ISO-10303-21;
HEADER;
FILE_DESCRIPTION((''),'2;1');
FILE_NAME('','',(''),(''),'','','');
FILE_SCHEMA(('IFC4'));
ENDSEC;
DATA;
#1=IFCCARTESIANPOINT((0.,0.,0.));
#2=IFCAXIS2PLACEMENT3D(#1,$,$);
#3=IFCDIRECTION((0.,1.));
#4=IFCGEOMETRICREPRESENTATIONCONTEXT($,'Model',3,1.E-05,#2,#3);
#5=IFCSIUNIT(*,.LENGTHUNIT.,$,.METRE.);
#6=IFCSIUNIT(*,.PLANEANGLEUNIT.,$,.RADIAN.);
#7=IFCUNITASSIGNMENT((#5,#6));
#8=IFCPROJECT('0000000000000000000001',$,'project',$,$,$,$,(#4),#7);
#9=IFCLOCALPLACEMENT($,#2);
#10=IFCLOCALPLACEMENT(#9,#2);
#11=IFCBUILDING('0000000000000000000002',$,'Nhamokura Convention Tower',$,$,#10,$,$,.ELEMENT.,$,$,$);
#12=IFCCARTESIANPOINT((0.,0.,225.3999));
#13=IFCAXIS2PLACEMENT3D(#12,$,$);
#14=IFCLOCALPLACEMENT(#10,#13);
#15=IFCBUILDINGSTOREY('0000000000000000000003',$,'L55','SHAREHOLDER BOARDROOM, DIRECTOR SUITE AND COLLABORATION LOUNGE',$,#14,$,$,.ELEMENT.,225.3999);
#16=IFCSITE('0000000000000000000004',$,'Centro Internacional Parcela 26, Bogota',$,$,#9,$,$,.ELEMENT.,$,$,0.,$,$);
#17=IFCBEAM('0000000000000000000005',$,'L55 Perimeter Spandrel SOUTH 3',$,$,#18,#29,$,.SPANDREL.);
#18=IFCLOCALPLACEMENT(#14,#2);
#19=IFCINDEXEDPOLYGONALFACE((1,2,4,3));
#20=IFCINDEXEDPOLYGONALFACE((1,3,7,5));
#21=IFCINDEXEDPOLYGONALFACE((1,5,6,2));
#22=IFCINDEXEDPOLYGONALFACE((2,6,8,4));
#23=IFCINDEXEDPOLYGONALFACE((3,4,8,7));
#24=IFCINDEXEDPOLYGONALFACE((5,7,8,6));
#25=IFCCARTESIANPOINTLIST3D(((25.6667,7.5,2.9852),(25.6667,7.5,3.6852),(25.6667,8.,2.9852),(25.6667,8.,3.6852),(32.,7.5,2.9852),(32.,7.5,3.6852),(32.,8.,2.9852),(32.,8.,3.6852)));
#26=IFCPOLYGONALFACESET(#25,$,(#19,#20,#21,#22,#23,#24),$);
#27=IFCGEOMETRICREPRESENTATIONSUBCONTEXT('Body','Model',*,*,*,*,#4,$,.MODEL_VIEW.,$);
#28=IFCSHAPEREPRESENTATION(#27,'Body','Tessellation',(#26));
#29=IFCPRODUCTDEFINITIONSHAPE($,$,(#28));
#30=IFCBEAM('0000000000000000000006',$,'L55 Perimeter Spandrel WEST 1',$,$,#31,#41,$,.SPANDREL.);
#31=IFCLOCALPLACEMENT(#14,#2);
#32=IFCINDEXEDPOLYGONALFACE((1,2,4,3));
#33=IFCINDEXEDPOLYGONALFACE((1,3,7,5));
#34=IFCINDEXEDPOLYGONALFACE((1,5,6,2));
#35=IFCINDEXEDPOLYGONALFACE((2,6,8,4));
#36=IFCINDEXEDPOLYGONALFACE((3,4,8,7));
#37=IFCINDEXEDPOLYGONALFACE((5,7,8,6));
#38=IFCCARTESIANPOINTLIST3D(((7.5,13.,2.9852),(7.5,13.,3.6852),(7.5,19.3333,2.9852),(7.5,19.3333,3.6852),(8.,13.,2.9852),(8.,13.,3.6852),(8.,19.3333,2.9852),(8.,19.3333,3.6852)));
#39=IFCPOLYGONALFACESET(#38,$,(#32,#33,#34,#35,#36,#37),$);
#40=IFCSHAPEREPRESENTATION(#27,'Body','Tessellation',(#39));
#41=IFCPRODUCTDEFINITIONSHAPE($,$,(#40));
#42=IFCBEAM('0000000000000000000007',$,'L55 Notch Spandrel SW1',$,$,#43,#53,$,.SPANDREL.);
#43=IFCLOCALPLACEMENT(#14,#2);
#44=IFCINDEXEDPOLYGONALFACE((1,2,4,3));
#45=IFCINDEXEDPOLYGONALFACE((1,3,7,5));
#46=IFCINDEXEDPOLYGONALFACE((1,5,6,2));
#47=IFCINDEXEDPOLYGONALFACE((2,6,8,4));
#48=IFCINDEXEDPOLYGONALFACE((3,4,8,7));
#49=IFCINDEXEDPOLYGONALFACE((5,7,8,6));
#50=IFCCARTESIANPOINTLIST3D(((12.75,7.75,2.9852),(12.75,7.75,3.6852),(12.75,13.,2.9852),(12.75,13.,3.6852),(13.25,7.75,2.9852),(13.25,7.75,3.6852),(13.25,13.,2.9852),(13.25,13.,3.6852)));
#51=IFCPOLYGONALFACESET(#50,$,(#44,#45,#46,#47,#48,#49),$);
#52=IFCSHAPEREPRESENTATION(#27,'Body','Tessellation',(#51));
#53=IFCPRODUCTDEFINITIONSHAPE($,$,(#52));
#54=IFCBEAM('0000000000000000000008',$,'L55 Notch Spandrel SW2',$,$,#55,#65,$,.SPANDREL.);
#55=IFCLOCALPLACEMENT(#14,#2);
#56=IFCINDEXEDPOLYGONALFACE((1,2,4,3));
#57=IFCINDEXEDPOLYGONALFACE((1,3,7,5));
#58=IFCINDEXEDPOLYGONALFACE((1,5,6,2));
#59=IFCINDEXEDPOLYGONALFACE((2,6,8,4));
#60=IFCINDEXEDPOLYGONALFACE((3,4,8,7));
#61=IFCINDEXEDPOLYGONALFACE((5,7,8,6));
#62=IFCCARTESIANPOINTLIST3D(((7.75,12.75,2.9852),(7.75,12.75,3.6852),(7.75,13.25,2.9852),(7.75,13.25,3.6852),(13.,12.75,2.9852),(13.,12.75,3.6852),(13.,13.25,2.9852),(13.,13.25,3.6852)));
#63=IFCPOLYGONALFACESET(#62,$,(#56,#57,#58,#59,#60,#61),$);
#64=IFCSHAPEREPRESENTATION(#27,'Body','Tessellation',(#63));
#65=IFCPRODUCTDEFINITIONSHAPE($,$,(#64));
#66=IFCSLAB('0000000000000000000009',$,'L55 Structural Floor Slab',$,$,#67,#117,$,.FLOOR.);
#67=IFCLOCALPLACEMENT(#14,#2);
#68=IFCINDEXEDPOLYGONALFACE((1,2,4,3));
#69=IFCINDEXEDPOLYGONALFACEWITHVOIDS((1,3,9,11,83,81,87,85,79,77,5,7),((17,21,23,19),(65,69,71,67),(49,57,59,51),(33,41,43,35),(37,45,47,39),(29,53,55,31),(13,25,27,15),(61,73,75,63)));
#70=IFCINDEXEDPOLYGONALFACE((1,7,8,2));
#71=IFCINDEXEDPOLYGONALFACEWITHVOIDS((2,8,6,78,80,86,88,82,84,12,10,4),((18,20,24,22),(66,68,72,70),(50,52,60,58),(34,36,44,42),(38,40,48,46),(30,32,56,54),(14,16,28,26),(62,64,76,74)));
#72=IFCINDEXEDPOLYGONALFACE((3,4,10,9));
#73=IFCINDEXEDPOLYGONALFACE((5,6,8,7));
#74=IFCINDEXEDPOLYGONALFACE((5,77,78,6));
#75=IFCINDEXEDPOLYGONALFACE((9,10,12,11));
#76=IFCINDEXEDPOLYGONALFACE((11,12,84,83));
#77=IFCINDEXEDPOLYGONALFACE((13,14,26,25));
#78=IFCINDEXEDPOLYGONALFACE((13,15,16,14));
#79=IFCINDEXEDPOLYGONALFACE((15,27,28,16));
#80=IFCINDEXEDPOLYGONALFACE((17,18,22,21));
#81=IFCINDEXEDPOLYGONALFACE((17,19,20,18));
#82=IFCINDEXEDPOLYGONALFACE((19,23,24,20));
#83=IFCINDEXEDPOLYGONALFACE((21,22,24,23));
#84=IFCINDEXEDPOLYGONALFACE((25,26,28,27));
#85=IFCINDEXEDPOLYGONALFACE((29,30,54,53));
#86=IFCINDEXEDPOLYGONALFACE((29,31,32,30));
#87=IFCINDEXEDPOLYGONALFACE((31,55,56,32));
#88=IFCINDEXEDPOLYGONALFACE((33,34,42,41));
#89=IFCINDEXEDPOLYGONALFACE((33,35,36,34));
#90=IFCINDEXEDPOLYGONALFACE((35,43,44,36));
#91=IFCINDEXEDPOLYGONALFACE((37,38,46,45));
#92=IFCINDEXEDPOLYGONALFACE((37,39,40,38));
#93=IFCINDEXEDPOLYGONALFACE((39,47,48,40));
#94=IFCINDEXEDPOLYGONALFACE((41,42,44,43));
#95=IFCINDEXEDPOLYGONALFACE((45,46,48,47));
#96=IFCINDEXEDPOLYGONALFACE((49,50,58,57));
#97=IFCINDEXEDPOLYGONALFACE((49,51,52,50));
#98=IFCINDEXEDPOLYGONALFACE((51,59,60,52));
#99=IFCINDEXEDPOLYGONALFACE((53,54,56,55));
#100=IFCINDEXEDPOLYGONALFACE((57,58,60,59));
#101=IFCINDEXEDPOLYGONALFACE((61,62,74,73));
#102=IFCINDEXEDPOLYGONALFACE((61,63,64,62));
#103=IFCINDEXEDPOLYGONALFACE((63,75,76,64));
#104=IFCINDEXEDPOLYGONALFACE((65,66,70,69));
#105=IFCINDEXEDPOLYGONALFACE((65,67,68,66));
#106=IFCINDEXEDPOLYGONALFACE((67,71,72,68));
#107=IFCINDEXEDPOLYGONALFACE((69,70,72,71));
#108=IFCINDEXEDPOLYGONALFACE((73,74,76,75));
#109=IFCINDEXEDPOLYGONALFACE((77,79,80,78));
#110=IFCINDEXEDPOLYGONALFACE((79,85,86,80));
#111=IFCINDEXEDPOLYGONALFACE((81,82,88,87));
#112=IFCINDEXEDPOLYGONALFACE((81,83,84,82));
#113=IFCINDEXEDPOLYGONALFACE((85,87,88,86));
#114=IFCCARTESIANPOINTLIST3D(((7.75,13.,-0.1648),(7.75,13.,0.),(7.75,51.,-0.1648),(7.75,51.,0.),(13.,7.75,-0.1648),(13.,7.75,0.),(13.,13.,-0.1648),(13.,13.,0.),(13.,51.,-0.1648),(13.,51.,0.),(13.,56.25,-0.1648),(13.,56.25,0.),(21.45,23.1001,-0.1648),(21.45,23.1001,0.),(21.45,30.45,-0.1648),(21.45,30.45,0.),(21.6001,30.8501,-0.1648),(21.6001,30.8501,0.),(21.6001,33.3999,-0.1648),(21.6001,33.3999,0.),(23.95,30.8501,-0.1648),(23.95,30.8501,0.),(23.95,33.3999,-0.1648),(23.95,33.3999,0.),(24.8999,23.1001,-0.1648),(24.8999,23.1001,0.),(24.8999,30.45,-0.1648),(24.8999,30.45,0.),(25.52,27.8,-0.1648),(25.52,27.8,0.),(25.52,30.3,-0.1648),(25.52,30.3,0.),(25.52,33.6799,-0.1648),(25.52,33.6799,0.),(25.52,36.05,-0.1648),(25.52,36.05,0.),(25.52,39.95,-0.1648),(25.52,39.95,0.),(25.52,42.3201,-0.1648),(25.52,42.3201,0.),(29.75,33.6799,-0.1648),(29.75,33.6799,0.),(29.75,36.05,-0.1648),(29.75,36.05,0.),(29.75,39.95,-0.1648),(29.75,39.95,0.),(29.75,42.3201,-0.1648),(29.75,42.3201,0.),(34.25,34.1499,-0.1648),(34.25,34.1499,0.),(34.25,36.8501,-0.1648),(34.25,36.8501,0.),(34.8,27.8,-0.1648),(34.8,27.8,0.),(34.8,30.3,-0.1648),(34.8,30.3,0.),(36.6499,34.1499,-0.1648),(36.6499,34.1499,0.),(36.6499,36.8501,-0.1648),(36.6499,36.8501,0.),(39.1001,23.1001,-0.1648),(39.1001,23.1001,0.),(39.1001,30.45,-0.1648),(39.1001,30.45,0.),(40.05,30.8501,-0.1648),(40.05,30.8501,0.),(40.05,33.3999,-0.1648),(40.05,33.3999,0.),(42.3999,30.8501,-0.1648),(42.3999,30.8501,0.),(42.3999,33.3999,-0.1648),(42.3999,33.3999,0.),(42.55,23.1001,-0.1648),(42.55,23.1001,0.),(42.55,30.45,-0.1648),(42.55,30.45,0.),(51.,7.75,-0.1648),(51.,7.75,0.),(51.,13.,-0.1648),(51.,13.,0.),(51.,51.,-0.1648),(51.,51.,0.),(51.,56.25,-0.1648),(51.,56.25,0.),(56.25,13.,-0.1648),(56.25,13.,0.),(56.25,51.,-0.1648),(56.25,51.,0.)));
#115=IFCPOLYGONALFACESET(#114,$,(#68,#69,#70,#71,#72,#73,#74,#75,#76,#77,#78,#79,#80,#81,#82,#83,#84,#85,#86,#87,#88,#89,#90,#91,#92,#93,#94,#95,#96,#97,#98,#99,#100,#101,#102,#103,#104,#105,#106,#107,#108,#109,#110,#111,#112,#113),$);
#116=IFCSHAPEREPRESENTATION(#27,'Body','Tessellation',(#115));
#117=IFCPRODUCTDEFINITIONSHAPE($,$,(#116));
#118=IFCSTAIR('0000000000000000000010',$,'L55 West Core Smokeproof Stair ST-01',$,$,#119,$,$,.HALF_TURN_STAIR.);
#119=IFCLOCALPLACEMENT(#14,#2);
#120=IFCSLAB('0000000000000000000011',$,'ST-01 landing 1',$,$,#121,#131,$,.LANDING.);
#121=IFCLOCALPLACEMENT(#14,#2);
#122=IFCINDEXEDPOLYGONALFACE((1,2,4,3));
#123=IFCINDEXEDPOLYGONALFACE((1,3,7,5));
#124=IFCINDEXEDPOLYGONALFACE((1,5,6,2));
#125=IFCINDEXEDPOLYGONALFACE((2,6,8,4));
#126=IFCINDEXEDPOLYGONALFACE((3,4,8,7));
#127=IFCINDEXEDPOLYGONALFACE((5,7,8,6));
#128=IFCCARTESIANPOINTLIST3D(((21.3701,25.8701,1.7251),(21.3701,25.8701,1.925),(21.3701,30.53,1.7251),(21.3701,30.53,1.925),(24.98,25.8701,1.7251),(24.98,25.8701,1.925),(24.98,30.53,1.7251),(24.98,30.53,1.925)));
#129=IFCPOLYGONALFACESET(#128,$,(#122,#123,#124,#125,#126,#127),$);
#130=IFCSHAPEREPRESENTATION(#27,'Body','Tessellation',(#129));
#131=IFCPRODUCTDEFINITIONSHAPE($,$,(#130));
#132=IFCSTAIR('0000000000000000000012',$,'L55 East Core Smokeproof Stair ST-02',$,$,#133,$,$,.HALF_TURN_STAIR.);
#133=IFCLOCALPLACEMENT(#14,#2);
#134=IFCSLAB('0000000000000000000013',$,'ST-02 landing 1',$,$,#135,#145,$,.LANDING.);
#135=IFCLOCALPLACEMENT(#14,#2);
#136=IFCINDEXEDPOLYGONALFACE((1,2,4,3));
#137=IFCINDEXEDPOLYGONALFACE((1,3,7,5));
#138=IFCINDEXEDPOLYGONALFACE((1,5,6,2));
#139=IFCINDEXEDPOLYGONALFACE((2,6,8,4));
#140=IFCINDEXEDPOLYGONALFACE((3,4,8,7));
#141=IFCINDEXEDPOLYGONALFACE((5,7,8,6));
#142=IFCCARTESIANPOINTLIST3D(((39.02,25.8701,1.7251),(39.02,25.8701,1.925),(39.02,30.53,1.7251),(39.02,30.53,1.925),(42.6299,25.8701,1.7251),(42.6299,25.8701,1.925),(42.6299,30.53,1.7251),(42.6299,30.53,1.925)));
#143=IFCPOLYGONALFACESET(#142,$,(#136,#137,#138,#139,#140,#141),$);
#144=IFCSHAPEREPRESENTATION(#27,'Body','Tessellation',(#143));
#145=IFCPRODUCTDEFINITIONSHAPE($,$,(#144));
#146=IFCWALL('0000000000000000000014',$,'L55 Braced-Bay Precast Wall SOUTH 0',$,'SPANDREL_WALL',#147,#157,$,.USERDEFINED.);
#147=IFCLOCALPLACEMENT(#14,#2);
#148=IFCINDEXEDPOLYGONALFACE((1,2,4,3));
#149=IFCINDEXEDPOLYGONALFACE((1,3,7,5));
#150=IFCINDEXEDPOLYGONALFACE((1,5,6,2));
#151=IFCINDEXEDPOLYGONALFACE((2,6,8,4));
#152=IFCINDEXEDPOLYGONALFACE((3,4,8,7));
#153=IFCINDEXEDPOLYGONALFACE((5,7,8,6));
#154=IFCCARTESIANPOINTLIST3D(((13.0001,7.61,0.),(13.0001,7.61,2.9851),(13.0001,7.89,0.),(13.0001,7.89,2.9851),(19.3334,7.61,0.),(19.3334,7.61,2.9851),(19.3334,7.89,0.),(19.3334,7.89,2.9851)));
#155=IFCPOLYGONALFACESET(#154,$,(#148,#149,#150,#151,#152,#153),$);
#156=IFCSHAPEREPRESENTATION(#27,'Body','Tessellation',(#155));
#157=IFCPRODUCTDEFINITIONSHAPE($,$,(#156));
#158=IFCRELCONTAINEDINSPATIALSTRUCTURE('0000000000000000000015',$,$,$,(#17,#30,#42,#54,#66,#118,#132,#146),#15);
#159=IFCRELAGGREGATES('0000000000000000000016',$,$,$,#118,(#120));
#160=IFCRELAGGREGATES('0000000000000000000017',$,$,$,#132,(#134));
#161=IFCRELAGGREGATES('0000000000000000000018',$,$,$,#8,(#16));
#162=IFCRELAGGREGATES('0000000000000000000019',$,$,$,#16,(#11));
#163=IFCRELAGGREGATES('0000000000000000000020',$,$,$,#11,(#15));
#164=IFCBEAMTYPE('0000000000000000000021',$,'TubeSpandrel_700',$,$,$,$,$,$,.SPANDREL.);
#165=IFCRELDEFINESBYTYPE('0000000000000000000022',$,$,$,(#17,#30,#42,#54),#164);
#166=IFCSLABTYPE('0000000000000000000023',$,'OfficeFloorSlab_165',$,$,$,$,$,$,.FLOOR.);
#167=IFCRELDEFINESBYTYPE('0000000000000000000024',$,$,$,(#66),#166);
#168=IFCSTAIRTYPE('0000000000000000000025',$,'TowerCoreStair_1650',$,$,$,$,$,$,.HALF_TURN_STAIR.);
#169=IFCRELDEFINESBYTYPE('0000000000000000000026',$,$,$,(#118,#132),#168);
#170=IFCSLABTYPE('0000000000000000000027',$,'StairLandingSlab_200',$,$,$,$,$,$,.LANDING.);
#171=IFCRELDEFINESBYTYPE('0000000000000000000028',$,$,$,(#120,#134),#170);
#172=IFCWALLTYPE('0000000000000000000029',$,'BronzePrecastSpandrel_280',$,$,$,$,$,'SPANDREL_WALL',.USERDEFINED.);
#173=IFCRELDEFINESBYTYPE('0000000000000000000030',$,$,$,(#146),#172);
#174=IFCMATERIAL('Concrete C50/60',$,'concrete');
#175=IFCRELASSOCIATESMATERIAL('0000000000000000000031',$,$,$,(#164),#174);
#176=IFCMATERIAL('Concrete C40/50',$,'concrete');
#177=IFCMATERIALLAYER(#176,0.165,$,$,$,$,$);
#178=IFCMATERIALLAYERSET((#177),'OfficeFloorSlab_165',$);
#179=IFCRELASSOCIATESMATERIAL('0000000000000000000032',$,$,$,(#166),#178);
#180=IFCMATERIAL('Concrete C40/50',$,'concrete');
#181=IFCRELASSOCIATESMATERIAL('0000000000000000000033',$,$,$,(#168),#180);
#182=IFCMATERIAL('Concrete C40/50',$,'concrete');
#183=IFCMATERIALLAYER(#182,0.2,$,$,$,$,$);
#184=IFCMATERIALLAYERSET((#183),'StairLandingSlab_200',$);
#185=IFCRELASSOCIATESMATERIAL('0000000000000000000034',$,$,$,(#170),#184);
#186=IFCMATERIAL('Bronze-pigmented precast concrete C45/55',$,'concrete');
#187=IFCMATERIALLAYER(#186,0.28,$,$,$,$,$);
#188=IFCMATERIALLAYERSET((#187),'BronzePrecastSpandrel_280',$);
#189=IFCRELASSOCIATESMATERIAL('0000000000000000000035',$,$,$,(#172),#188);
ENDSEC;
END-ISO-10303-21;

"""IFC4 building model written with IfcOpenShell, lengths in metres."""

from ifc_helpers import new_model, si_unit, direction, frame, frame_2d, origin, origin_2d, place, context, subcontext, project, spatial, polyline, rectangle, outline, extrude, material, layer, layer_set, material_profile, profile_set, type_object, element, aggregate, save


model = new_model("IFC4")

# Units and contexts
model_context = context("Model", 3, precision=1e-05, world=origin(), true_north=direction((0.0, 1.0)))
body_context = subcontext(model_context, "Body", "Model", "MODEL_VIEW")
ifc_project = project(units=[si_unit("LENGTHUNIT", "METRE"), si_unit("PLANEANGLEUNIT", "RADIAN")], contexts=[model_context])

# Site, building, storey
site_placement = place(None, origin())
site = spatial("IfcSite", under=ifc_project, at=site_placement, Name="Centro Internacional Parcela 26, Bogota", CompositionType="ELEMENT", RefElevation=0.0)
building_placement = place(site_placement, origin())
building = spatial("IfcBuilding", under=site, at=building_placement, Name="Nhamokura Convention Tower", CompositionType="ELEMENT")
storey_placement = place(building_placement, frame((0.0, 0.0, 225.3999)))
storey = spatial("IfcBuildingStorey", under=building, at=storey_placement, Name="L55", Description="SHAREHOLDER BOARDROOM, DIRECTOR SUITE AND COLLABORATION LOUNGE", CompositionType="ELEMENT", Elevation=225.3999)

# Beams
ifc_material_1 = material(Name="Concrete C50/60", Category="concrete")
ifc_material_profile_1 = material_profile(ifc_material_1, rectangle(XDim=0.5, YDim=0.7, at=origin_2d()))
ifc_profile_set_1 = profile_set([ifc_material_profile_1], Name="Concrete C50/60")
beam_type_1 = type_object("IfcBeamType", Name="TubeSpandrel_700", PredefinedType="SPANDREL", material=ifc_profile_set_1)
for number, where, z_axis, x_axis, name in (
    (1, (25.6667, 7.75, 3.3352), (1.0, 0.0, 0.0), (0.0, 1.0, 0.0), "L55 Perimeter Spandrel SOUTH 3"),
    (2, (7.75, 13.0, 3.3352), (0.0, 1.0, 0.0), (-1.0, 0.0, 0.0), "L55 Perimeter Spandrel WEST 1"),
):
    element("IfcBeam", number, at=place(storey_placement, frame(where, z_axis=z_axis, x_axis=x_axis)), inside=storey, type_object=beam_type_1, Name=name, PredefinedType="SPANDREL", context=body_context, shape_type="SweptSolid", body=[
        extrude(rectangle(XDim=0.5, YDim=0.7, at=origin_2d()), origin(), (0.0, 0.0, 1.0), 6.3333),
    ])
for number, where, z_axis, x_axis, name in (
    (3, (13.0, 7.75, 3.3352), (0.0, 1.0, 0.0), (-1.0, 0.0, 0.0), "L55 Notch Spandrel SW1"),
    (4, (13.0, 13.0, 3.3352), (-1.0, 0.0, 0.0), (0.0, -1.0, 0.0), "L55 Notch Spandrel SW2"),
):
    element("IfcBeam", number, at=place(storey_placement, frame(where, z_axis=z_axis, x_axis=x_axis)), inside=storey, type_object=beam_type_1, Name=name, PredefinedType="SPANDREL", context=body_context, shape_type="SweptSolid", body=[
        extrude(rectangle(XDim=0.5, YDim=0.7, at=origin_2d()), origin(), (0.0, 0.0, 1.0), 5.25),
    ])

# Slab
ifc_material_2 = material(Name="Concrete C40/50", Category="concrete")
ifc_layer_1 = layer(ifc_material_2, 0.165)
ifc_layer_set_1 = layer_set([ifc_layer_1], Name="OfficeFloorSlab_165")
slab_type_1 = type_object("IfcSlabType", Name="OfficeFloorSlab_165", PredefinedType="FLOOR", material=ifc_layer_set_1)
slab_1_placement = place(storey_placement, frame((0.0, 0.0, -0.1648)))
element("IfcSlab", 5, at=slab_1_placement, inside=storey, type_object=slab_type_1, Name="L55 Structural Floor Slab", PredefinedType="FLOOR", context=body_context, shape_type="SweptSolid", body=[
    extrude(outline(polyline([(13.0, 7.75), (51.0, 7.75), (51.0, 13.0), (56.25, 13.0), (56.25, 51.0), (51.0, 51.0), (51.0, 56.25), (13.0, 56.25), (13.0, 51.0), (7.75, 51.0), (7.75, 13.0), (13.0, 13.0), (13.0, 7.75)]), holes=[polyline([(24.8999, 23.1001), (24.8999, 30.45), (21.45, 30.45), (21.45, 23.1001), (24.8999, 23.1001)]), polyline([(42.55, 23.1001), (42.55, 30.45), (39.1001, 30.45), (39.1001, 23.1001), (42.55, 23.1001)]), polyline([(21.6001, 30.8501), (23.95, 30.8501), (23.95, 33.3999), (21.6001, 33.3999), (21.6001, 30.8501)]), polyline([(40.05, 30.8501), (42.3999, 30.8501), (42.3999, 33.3999), (40.05, 33.3999), (40.05, 30.8501)]), polyline([(34.25, 34.1499), (36.6499, 34.1499), (36.6499, 36.8501), (34.25, 36.8501), (34.25, 34.1499)]), polyline([(25.52, 27.8), (34.8, 27.8), (34.8, 30.3), (25.52, 30.3), (25.52, 27.8)]), polyline([(25.52, 33.6799), (29.75, 33.6799), (29.75, 36.05), (25.52, 36.05), (25.52, 33.6799)]), polyline([(25.52, 39.95), (29.75, 39.95), (29.75, 42.3201), (25.52, 42.3201), (25.52, 39.95)])]), origin(), (0.0, 0.0, 1.0), 0.1648),
])

# Stairs, slabs
ifc_material_3 = material(Name="Concrete C40/50", Category="concrete")
stair_type = type_object("IfcStairType", Name="TowerCoreStair_1650", PredefinedType="HALF_TURN_STAIR", material=ifc_material_3)
stair_1_placement = place(storey_placement, origin())
stair_1 = element("IfcStair", 6, at=stair_1_placement, inside=storey, type_object=stair_type, Name="L55 West Core Smokeproof Stair ST-01", PredefinedType="HALF_TURN_STAIR")
ifc_material_4 = material(Name="Concrete C40/50", Category="concrete")
ifc_layer_2 = layer(ifc_material_4, 0.2)
ifc_layer_set_2 = layer_set([ifc_layer_2], Name="StairLandingSlab_200")
slab_type_2 = type_object("IfcSlabType", Name="StairLandingSlab_200", PredefinedType="LANDING", material=ifc_layer_set_2)
slab_2_placement = place(storey_placement, frame((0.0, 0.0, 1.7251)))
slab_2 = element("IfcSlab", 7, at=slab_2_placement, type_object=slab_type_2, Name="ST-01 landing 1", PredefinedType="LANDING", context=body_context, shape_type="SweptSolid", body=[
    extrude(outline(polyline([(24.98, 25.8701), (24.98, 30.53), (21.3701, 30.53), (21.3701, 25.8701), (24.98, 25.8701)])), origin(), (0.0, 0.0, 1.0), 0.2),
])
aggregate(stair_1, [slab_2])
stair_2_placement = place(storey_placement, origin())
stair_2 = element("IfcStair", 8, at=stair_2_placement, inside=storey, type_object=stair_type, Name="L55 East Core Smokeproof Stair ST-02", PredefinedType="HALF_TURN_STAIR")
slab_3_placement = place(storey_placement, frame((0.0, 0.0, 1.7251)))
slab_3 = element("IfcSlab", 9, at=slab_3_placement, type_object=slab_type_2, Name="ST-02 landing 1", PredefinedType="LANDING", context=body_context, shape_type="SweptSolid", body=[
    extrude(outline(polyline([(42.6299, 25.8701), (42.6299, 30.53), (39.02, 30.53), (39.02, 25.8701), (42.6299, 25.8701)])), origin(), (0.0, 0.0, 1.0), 0.2),
])
aggregate(stair_2, [slab_3])

# Wall
ifc_material_5 = material(Name="Bronze-pigmented precast concrete C45/55", Category="concrete")
ifc_layer_3 = layer(ifc_material_5, 0.28)
ifc_layer_set_3 = layer_set([ifc_layer_3], Name="BronzePrecastSpandrel_280")
wall_type_1 = type_object("IfcWallType", Name="BronzePrecastSpandrel_280", ElementType="SPANDREL_WALL", PredefinedType="USERDEFINED", material=ifc_layer_set_3)
wall_1_placement = place(storey_placement, frame((19.3333, 7.75, 0.0), z_axis=(0.0, 0.0, 1.0), x_axis=(-1.0, 0.0, 0.0)))
element("IfcWall", 10, at=wall_1_placement, inside=storey, type_object=wall_type_1, Name="L55 Braced-Bay Precast Wall SOUTH 0", ObjectType="SPANDREL_WALL", PredefinedType="USERDEFINED", context=body_context, shape_type="SweptSolid", body=[
    extrude(rectangle(XDim=6.3333, YDim=0.28, at=frame_2d((3.1665, 0.0))), origin(), (0.0, 0.0, 1.0), 2.9851),
])

save(model, "model.ifc")
